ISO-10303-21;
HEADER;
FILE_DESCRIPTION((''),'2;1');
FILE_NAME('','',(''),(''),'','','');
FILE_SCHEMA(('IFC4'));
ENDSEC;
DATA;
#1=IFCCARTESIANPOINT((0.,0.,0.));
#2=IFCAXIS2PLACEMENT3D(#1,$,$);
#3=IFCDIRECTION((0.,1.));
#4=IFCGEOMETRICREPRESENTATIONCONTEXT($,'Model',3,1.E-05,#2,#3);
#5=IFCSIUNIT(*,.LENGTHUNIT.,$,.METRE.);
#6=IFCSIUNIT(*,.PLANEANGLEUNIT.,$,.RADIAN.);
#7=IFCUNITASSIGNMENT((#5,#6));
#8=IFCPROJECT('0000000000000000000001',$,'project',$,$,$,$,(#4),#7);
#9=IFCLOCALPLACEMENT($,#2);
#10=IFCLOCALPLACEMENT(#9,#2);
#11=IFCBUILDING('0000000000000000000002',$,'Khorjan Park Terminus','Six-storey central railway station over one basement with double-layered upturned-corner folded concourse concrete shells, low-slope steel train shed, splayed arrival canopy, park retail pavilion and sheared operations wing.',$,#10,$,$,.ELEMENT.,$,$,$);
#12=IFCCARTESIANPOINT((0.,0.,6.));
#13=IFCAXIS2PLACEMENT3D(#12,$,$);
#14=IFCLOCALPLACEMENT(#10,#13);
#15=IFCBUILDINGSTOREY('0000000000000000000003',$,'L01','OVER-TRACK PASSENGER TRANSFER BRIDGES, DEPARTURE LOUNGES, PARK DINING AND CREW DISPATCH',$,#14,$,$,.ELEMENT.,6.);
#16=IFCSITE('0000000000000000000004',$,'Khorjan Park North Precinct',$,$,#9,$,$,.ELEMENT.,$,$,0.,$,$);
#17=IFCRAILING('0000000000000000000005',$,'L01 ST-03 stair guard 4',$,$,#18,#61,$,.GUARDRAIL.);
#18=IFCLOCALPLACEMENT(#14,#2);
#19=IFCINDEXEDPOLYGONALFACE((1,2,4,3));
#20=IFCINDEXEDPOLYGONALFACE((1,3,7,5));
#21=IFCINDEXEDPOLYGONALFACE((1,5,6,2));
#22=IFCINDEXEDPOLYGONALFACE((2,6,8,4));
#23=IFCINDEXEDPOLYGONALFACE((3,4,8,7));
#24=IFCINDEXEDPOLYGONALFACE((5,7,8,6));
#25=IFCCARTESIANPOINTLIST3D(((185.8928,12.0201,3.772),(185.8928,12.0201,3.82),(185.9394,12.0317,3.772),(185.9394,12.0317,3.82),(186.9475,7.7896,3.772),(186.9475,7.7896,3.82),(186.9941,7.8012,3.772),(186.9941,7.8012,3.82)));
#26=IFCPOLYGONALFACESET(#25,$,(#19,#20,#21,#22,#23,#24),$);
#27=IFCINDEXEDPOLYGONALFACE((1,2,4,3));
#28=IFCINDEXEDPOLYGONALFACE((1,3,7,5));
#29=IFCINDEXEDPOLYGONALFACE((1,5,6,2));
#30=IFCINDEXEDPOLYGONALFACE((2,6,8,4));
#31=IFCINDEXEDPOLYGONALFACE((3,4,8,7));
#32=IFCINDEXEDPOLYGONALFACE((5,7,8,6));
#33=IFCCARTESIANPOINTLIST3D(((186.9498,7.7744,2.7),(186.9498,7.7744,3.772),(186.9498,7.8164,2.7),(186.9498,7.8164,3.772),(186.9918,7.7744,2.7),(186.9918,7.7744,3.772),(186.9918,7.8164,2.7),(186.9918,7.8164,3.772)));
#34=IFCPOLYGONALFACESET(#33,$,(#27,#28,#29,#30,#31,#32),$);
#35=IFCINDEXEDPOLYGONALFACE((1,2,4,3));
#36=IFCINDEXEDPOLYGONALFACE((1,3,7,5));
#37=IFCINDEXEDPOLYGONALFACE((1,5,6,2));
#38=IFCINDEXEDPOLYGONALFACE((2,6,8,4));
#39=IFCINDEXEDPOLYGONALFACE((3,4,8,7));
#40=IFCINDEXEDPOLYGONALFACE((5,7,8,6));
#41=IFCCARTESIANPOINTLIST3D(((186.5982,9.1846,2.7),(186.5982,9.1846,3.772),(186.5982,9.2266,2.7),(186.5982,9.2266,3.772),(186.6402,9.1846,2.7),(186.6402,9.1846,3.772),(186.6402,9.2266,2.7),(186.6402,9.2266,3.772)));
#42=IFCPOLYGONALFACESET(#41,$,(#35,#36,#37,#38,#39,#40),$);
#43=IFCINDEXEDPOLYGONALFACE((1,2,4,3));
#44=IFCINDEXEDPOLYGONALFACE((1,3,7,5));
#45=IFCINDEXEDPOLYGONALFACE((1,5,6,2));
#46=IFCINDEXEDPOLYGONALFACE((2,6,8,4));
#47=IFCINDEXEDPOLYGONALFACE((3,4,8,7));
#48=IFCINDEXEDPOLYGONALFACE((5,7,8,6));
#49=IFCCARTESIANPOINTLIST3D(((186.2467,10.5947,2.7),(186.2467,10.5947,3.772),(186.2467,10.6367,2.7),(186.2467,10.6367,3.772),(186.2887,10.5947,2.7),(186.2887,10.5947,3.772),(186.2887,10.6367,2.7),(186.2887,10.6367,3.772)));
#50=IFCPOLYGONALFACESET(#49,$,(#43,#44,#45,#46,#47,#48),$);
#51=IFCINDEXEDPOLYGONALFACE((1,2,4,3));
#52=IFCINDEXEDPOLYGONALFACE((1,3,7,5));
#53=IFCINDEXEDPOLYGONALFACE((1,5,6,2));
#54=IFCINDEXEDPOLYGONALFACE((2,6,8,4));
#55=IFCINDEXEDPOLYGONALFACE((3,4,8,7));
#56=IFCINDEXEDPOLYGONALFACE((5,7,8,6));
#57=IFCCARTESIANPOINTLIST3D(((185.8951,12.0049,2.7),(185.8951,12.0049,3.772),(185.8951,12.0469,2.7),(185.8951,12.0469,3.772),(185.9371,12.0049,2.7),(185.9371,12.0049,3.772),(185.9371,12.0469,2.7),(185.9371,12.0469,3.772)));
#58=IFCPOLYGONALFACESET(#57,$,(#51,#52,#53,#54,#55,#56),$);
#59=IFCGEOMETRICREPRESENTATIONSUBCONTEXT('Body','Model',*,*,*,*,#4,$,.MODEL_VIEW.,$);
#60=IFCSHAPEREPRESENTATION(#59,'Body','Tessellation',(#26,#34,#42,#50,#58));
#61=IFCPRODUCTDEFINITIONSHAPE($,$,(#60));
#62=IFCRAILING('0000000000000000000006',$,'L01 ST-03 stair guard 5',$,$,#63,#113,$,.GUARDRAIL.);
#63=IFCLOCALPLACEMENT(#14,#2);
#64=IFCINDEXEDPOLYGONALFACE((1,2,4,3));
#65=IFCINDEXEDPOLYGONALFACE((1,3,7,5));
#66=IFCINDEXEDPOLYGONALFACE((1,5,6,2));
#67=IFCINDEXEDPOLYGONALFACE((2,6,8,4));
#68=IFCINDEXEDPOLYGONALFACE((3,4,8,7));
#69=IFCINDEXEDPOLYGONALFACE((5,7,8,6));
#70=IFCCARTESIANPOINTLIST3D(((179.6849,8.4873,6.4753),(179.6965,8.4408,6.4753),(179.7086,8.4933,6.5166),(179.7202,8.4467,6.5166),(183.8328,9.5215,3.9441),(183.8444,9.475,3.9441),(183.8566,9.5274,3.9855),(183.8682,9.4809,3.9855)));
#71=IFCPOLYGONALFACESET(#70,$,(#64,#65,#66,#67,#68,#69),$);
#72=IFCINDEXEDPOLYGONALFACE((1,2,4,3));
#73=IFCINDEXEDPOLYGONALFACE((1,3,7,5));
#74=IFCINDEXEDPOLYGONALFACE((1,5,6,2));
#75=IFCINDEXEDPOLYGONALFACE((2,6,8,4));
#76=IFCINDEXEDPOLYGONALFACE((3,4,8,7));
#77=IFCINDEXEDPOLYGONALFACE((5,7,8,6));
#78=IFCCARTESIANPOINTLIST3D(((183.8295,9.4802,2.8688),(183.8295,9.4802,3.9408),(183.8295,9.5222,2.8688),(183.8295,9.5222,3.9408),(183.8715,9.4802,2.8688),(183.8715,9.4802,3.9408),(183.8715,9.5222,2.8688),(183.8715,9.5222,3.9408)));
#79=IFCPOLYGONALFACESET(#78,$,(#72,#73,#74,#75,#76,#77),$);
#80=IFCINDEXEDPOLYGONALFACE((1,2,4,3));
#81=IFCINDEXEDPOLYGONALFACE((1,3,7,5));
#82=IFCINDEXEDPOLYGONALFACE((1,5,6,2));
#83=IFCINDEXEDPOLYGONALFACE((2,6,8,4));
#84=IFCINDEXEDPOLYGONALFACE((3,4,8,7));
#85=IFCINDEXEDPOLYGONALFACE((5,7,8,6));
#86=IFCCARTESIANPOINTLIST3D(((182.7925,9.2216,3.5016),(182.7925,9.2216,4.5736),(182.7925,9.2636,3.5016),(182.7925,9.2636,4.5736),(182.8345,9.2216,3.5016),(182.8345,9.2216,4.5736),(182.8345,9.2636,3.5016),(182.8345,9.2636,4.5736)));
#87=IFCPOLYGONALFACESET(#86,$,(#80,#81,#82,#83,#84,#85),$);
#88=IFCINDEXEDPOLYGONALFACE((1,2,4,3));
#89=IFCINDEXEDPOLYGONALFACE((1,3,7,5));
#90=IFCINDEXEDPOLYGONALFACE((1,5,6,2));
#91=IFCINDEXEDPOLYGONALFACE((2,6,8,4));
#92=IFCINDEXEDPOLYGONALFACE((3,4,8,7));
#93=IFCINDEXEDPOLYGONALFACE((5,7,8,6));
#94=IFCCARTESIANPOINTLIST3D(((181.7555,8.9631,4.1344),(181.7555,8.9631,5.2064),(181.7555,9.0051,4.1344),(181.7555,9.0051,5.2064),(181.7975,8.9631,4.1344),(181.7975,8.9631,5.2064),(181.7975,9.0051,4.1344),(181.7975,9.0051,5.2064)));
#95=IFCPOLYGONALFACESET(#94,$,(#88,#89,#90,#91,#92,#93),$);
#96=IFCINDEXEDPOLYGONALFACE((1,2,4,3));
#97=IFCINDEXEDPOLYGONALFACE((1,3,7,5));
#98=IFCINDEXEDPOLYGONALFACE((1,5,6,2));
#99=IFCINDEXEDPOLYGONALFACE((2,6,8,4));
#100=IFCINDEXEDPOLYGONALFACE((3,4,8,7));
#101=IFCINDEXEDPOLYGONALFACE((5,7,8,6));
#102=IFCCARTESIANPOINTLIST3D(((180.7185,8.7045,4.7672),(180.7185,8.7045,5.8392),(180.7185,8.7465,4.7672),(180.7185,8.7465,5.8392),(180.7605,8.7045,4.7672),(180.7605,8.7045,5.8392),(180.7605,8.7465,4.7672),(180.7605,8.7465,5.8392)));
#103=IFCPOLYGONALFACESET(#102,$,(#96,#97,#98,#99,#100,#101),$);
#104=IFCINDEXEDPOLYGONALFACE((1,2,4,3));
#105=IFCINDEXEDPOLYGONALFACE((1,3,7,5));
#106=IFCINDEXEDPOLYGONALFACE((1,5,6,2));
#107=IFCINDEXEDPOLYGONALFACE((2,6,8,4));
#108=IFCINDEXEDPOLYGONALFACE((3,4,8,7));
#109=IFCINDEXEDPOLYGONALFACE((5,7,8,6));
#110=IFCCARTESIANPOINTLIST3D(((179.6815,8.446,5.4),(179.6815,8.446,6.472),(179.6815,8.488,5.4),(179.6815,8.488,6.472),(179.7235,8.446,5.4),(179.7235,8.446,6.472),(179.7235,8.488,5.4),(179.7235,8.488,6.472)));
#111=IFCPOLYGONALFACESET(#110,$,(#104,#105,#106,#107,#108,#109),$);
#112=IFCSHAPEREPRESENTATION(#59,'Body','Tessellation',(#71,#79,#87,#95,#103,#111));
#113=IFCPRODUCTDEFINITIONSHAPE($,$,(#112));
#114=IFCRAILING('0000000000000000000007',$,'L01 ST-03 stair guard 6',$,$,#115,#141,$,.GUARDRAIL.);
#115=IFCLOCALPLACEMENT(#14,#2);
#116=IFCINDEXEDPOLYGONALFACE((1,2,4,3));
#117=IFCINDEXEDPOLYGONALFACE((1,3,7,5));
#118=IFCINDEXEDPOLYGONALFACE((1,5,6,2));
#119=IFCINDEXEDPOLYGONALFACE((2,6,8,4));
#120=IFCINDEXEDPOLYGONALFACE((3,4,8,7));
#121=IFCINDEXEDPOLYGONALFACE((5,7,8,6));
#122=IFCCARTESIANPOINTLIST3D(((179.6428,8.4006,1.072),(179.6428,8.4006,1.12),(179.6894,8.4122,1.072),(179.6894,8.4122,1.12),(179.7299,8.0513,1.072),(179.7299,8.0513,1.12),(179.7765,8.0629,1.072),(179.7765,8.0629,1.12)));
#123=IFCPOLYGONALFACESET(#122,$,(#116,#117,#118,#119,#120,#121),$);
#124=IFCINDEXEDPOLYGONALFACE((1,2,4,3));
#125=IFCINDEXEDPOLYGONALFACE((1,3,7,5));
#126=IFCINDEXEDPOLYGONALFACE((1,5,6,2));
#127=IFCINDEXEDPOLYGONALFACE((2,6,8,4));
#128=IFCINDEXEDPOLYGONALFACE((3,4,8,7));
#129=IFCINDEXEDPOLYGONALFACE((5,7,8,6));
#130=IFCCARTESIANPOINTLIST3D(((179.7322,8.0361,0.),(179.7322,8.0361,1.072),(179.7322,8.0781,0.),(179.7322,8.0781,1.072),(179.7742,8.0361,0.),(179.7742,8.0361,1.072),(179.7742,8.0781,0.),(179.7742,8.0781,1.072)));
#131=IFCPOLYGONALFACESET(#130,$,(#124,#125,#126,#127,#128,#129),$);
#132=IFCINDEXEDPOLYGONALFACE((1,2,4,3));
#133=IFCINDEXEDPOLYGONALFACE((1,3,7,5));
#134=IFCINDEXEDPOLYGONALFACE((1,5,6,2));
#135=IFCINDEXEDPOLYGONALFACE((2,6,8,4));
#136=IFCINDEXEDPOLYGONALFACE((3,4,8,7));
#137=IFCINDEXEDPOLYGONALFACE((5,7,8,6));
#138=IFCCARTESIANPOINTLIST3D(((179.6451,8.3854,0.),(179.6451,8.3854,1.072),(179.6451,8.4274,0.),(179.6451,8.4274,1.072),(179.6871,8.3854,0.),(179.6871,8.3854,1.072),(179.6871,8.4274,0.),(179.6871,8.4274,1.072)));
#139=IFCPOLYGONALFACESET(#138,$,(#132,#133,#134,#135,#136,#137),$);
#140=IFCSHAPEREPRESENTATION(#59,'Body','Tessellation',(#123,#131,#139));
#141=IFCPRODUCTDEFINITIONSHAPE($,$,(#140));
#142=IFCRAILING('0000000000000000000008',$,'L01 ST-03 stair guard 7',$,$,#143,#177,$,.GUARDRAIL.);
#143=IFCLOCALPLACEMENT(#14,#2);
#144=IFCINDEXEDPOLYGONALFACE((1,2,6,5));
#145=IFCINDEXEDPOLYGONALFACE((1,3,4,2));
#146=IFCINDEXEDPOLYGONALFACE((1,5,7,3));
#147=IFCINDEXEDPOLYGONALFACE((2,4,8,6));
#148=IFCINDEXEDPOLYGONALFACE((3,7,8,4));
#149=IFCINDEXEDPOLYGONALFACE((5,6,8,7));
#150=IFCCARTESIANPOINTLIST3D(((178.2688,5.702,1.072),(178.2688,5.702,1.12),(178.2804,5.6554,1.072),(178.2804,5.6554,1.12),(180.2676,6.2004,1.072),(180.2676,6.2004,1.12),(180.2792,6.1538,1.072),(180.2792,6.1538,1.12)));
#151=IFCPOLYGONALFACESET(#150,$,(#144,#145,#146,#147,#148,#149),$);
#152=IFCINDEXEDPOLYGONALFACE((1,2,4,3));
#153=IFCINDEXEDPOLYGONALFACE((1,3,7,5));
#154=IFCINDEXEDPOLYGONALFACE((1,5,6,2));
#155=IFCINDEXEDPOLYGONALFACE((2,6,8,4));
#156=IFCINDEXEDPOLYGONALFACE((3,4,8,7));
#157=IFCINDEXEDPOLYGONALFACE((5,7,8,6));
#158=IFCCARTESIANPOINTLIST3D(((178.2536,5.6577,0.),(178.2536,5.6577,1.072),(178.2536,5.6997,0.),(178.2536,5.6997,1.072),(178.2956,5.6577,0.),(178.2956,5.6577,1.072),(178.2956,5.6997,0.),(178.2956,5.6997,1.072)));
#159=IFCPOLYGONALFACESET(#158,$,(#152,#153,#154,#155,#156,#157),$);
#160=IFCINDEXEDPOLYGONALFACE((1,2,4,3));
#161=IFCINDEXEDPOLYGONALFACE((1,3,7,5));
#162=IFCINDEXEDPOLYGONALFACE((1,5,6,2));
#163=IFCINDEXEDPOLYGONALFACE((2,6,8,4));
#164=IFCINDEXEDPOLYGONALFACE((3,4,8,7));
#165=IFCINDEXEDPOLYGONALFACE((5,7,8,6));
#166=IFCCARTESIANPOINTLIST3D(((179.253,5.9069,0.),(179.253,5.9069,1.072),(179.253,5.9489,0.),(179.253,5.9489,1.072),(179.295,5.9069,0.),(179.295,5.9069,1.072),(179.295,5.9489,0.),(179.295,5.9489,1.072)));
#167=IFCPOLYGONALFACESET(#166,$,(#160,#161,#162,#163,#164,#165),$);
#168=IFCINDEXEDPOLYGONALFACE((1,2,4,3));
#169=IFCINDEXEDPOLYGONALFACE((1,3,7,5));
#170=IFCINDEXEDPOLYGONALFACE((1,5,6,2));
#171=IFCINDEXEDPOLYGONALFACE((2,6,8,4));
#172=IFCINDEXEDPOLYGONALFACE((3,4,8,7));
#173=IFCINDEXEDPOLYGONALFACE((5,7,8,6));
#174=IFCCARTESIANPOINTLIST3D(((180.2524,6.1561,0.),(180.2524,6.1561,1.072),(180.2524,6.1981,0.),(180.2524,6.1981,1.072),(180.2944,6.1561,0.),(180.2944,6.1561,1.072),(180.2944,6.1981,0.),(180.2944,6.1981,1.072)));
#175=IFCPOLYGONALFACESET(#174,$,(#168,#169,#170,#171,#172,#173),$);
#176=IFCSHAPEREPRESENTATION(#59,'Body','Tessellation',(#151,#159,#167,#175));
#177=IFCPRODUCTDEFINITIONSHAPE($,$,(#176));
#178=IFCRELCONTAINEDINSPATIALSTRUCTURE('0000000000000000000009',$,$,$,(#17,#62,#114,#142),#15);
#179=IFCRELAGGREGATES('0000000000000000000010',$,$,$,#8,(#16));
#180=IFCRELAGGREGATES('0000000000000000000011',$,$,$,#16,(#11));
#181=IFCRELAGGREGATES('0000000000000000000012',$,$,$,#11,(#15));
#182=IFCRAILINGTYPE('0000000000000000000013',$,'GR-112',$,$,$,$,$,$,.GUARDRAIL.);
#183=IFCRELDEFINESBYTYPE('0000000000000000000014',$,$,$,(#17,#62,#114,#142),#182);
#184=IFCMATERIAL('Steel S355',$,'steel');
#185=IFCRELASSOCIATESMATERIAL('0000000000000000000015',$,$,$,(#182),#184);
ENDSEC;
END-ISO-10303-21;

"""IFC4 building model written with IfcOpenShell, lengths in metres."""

from ifc_helpers import new_model, si_unit, direction, frame, origin, origin_2d, place, context, subcontext, project, spatial, rectangle, extrude, material, type_object, element, save


model = new_model("IFC4")

# Units and contexts
model_context = context("Model", 3, precision=1e-05, world=origin(), true_north=direction((0.0, 1.0)))
body_context = subcontext(model_context, "Body", "Model", "MODEL_VIEW")
ifc_project = project(units=[si_unit("LENGTHUNIT", "METRE"), si_unit("PLANEANGLEUNIT", "RADIAN")], contexts=[model_context])

# Site, building, storey
site_placement = place(None, origin())
site = spatial("IfcSite", under=ifc_project, at=site_placement, Name="Khorjan Park North Precinct", CompositionType="ELEMENT", RefElevation=0.0)
building_placement = place(site_placement, origin())
building = spatial("IfcBuilding", under=site, at=building_placement, Name="Khorjan Park Terminus", Description="Six-storey central railway station over one basement with double-layered upturned-corner folded concourse concrete shells, low-slope steel train shed, splayed arrival canopy, park retail pavilion and sheared operations wing.", CompositionType="ELEMENT")
storey_placement = place(building_placement, frame((0.0, 0.0, 6.0)))
storey = spatial("IfcBuildingStorey", under=building, at=storey_placement, Name="L01", Description="OVER-TRACK PASSENGER TRANSFER BRIDGES, DEPARTURE LOUNGES, PARK DINING AND CREW DISPATCH", CompositionType="ELEMENT", Elevation=6.0)

# Shared definitions
ifc_material_1 = material(Name="Steel S355", Category="steel")

# Railings
railing_type_1 = type_object("IfcRailingType", Name="GR-112", PredefinedType="GUARDRAIL", material=ifc_material_1)
railing_1_placement = place(storey_placement, frame((186.9708, 7.7954, 2.7)))
element("IfcRailing", 1, at=railing_1_placement, inside=storey, type_object=railing_type_1, Name="L01 ST-03 stair guard 4", PredefinedType="GUARDRAIL", context=body_context, shape_type="SweptSolid", body=[
    extrude(rectangle(XDim=0.048, YDim=0.048, at=origin_2d()), frame((0.0, 0.0, 1.096), z_axis=(-0.241904, 0.9703, 0.0), x_axis=(-0.9703, -0.241904, 0.0)), (0.0, 0.0, 1.0), 4.36),
    extrude(rectangle(XDim=0.042, YDim=0.042, at=origin_2d()), origin(), (0.0, 0.0, 1.0), 1.072),
    extrude(rectangle(XDim=0.042, YDim=0.042, at=origin_2d()), frame((-0.3516, 1.4102, 0.0)), (0.0, 0.0, 1.0), 1.072),
    extrude(rectangle(XDim=0.042, YDim=0.042, at=origin_2d()), frame((-0.7031, 2.8203, 0.0)), (0.0, 0.0, 1.0), 1.072),
    extrude(rectangle(XDim=0.042, YDim=0.042, at=origin_2d()), frame((-1.0547, 4.2305, 0.0)), (0.0, 0.0, 1.0), 1.072),
])
railing_2_placement = place(storey_placement, frame((183.8505, 9.5012, 2.8688)))
element("IfcRailing", 2, at=railing_2_placement, inside=storey, type_object=railing_type_1, Name="L01 ST-03 stair guard 5", PredefinedType="GUARDRAIL", context=body_context, shape_type="SweptSolid", body=[
    extrude(rectangle(XDim=0.048, YDim=0.048, at=origin_2d()), frame((0.0, 0.0, 1.096), z_axis=(-0.83492, -0.208166, 0.509486), x_axis=(0.241919, -0.970296, 0.0)), (0.0, 0.0, 1.0), 4.9681),
    extrude(rectangle(XDim=0.042, YDim=0.042, at=origin_2d()), origin(), (0.0, 0.0, 1.0), 1.072),
    extrude(rectangle(XDim=0.042, YDim=0.042, at=origin_2d()), frame((-1.037, -0.2586, 0.6328)), (0.0, 0.0, 1.0), 1.072),
    extrude(rectangle(XDim=0.042, YDim=0.042, at=origin_2d()), frame((-2.074, -0.5171, 1.2656)), (0.0, 0.0, 1.0), 1.072),
    extrude(rectangle(XDim=0.042, YDim=0.042, at=origin_2d()), frame((-3.111, -0.7757, 1.8984)), (0.0, 0.0, 1.0), 1.072),
    extrude(rectangle(XDim=0.042, YDim=0.042, at=origin_2d()), frame((-4.148, -1.0342, 2.5312)), (0.0, 0.0, 1.0), 1.072),
])
railing_3_placement = place(storey_placement, frame((179.7532, 8.0571, 0.0)))
element("IfcRailing", 3, at=railing_3_placement, inside=storey, type_object=railing_type_1, Name="L01 ST-03 stair guard 6", PredefinedType="GUARDRAIL", context=body_context, shape_type="SweptSolid", body=[
    extrude(rectangle(XDim=0.048, YDim=0.048, at=origin_2d()), frame((0.0, 0.0, 1.096), z_axis=(-0.241947, 0.970289, 0.0), x_axis=(-0.970289, -0.241947, 0.0)), (0.0, 0.0, 1.0), 0.36),
    extrude(rectangle(XDim=0.042, YDim=0.042, at=origin_2d()), origin(), (0.0, 0.0, 1.0), 1.072),
    extrude(rectangle(XDim=0.042, YDim=0.042, at=origin_2d()), frame((-0.0871, 0.3493, 0.0)), (0.0, 0.0, 1.0), 1.072),
])
railing_4_placement = place(storey_placement, frame((178.2746, 5.6787, 0.0)))
element("IfcRailing", 4, at=railing_4_placement, inside=storey, type_object=railing_type_1, Name="L01 ST-03 stair guard 7", PredefinedType="GUARDRAIL", context=body_context, shape_type="SweptSolid", body=[
    extrude(rectangle(XDim=0.048, YDim=0.048, at=origin_2d()), frame((0.0, 0.0, 1.096), z_axis=(0.970291, 0.241942, 0.0), x_axis=(-0.241942, 0.970291, 0.0)), (0.0, 0.0, 1.0), 2.06),
    extrude(rectangle(XDim=0.042, YDim=0.042, at=origin_2d()), origin(), (0.0, 0.0, 1.0), 1.072),
    extrude(rectangle(XDim=0.042, YDim=0.042, at=origin_2d()), frame((0.9994, 0.2492, 0.0)), (0.0, 0.0, 1.0), 1.072),
    extrude(rectangle(XDim=0.042, YDim=0.042, at=origin_2d()), frame((1.9988, 0.4984, 0.0)), (0.0, 0.0, 1.0), 1.072),
])

save(model, "model.ifc")
